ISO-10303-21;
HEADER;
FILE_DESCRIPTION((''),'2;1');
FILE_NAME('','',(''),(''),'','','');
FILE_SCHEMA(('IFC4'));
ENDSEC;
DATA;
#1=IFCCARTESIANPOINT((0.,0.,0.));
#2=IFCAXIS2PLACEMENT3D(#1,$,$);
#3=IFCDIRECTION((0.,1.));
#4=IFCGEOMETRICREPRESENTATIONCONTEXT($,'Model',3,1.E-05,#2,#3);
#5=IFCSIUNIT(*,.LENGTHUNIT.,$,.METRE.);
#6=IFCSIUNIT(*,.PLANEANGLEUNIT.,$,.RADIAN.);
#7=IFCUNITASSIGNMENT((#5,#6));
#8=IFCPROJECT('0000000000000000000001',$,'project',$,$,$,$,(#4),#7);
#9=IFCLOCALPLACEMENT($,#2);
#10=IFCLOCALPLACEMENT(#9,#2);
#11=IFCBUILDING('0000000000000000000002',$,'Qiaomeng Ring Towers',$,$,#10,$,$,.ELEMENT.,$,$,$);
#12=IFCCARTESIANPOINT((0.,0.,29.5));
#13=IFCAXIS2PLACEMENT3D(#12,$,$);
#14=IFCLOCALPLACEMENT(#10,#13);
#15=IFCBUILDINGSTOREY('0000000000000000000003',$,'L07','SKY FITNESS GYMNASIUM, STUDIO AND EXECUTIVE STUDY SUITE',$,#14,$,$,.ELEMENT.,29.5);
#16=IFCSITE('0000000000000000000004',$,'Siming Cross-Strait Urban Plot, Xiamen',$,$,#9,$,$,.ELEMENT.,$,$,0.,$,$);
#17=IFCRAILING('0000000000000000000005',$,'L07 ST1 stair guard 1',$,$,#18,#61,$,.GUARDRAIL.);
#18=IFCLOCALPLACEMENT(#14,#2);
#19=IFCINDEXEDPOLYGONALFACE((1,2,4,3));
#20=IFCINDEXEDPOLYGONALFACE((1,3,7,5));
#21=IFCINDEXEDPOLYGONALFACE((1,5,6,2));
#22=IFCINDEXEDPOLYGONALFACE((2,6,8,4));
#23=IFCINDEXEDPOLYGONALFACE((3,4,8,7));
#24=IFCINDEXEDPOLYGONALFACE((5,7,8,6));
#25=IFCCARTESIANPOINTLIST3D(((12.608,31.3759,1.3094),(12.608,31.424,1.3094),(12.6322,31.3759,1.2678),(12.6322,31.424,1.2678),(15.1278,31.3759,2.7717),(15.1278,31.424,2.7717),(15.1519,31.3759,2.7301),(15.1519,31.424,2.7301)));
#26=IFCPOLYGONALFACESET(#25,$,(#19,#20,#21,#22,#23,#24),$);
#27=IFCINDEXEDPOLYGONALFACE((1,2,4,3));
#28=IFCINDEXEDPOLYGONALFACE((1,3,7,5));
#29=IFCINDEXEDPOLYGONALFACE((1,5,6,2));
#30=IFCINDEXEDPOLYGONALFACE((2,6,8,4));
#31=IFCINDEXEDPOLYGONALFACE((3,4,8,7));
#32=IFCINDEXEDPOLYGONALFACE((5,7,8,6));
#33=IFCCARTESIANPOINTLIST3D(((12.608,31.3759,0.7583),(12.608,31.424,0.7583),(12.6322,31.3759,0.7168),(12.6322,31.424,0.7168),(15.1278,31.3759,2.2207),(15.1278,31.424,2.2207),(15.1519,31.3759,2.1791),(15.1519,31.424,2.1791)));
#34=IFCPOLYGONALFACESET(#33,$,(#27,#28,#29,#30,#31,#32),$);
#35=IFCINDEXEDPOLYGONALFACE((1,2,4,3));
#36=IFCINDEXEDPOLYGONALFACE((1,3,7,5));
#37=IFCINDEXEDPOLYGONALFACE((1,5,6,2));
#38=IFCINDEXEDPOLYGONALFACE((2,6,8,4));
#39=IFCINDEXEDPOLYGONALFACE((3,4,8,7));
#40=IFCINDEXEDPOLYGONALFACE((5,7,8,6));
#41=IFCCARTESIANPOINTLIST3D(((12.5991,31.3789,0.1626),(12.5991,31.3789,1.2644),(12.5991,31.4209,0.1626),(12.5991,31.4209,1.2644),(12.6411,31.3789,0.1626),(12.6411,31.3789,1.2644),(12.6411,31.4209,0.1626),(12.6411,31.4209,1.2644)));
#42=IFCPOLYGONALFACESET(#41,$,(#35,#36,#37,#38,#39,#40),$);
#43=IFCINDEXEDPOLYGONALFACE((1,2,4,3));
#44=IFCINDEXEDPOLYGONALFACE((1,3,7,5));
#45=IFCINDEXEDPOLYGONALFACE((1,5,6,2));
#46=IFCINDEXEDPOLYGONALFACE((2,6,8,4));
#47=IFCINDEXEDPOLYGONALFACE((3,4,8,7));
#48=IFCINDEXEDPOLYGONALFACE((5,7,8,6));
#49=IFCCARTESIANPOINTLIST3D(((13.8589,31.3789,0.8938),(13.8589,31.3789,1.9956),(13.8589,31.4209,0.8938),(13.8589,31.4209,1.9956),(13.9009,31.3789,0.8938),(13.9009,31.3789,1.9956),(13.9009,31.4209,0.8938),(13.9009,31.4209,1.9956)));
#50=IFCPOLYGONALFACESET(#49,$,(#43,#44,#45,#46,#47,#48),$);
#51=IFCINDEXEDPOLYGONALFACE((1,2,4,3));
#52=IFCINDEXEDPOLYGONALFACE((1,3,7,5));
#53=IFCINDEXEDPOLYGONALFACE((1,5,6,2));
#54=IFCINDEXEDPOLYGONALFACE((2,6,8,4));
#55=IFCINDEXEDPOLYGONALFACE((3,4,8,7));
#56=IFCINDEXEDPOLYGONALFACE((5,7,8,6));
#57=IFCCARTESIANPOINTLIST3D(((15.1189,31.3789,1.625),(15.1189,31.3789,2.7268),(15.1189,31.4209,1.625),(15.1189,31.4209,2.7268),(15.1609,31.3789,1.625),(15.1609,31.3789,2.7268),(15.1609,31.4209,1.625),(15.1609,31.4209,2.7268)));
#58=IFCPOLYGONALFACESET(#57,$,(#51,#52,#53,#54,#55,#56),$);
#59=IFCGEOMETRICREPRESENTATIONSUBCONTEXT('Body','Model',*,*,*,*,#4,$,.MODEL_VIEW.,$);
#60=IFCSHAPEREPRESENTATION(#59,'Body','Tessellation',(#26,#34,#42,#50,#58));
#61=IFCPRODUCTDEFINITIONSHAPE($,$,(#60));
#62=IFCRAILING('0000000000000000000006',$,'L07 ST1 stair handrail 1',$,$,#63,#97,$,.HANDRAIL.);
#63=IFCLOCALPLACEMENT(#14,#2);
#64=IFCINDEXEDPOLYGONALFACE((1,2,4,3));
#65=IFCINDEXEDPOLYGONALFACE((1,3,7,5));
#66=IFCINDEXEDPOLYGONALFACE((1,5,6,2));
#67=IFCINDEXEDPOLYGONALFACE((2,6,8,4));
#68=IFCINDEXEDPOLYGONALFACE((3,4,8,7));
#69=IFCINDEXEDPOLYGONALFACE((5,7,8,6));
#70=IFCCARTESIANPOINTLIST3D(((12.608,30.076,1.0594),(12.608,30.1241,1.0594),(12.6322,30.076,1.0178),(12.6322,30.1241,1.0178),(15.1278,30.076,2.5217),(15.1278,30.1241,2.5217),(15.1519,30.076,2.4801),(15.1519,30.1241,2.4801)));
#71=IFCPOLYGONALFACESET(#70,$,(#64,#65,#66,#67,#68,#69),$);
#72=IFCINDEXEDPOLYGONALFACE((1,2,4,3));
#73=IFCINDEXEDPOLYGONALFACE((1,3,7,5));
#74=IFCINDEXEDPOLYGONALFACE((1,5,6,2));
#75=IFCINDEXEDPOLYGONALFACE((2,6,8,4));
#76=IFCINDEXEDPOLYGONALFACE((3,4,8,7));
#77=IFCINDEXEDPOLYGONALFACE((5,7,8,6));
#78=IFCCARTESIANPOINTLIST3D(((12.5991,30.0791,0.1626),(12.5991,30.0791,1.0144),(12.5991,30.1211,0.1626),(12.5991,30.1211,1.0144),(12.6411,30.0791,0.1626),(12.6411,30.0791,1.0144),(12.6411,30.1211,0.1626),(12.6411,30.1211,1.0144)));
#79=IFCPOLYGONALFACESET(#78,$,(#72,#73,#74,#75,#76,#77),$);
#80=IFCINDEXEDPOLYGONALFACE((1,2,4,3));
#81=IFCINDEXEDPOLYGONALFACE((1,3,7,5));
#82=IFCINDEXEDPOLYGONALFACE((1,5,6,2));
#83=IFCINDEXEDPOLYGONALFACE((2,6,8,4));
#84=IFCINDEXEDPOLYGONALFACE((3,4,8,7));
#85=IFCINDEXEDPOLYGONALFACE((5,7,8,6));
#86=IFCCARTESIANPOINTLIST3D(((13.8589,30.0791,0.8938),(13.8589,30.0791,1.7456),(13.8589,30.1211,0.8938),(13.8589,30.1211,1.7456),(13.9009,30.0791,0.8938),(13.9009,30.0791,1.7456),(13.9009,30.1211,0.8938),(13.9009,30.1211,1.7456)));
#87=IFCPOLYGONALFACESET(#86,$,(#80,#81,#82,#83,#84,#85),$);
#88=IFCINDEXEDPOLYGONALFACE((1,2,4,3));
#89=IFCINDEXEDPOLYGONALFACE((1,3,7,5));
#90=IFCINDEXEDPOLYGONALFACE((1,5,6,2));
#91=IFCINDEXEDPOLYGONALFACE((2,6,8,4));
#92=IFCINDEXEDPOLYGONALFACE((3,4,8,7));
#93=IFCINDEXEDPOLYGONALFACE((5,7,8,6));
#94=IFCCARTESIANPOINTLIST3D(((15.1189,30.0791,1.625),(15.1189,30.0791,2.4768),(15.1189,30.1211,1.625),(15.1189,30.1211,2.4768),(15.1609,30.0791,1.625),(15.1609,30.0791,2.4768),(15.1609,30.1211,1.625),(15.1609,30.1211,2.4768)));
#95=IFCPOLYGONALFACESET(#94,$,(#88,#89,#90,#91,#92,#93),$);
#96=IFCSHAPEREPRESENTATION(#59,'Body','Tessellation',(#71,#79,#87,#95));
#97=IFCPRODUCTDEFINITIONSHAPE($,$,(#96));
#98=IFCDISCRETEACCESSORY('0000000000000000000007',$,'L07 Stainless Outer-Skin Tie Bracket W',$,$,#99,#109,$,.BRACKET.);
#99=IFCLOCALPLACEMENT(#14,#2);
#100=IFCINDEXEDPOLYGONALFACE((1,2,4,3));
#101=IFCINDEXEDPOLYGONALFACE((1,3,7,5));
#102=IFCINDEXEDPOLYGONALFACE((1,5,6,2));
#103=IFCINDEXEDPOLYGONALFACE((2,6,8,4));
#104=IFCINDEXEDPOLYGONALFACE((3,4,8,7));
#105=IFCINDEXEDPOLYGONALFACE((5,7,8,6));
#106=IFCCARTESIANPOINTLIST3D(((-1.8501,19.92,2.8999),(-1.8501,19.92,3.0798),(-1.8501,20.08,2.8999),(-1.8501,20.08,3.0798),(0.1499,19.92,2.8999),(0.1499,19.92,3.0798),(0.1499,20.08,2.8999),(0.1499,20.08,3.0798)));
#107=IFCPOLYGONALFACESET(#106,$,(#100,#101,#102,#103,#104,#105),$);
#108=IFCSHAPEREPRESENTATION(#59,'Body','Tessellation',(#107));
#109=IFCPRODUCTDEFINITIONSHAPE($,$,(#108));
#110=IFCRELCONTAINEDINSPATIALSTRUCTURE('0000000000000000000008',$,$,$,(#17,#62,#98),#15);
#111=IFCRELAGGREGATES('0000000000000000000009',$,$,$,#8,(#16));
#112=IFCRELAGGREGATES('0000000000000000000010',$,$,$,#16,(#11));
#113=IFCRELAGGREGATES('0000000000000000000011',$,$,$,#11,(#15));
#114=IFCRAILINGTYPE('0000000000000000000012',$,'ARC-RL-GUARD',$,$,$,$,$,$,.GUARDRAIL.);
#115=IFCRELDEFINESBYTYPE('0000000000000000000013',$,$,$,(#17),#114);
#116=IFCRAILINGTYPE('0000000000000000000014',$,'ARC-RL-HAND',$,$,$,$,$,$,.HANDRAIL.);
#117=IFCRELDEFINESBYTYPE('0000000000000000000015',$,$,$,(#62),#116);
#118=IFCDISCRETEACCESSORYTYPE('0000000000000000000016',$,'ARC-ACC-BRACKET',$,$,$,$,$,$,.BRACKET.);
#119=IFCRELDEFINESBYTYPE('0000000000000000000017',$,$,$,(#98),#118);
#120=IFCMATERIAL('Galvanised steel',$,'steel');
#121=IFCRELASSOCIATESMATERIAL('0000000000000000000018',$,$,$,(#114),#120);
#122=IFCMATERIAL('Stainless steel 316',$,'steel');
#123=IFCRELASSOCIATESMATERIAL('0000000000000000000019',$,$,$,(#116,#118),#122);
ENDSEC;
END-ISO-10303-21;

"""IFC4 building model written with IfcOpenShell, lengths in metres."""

from ifc_helpers import new_model, si_unit, direction, frame, origin, origin_2d, place, context, subcontext, project, spatial, rectangle, extrude, source, transform, mapped, material, type_object, element, save


model = new_model("IFC4")

# Units and contexts
model_context = context("Model", 3, precision=1e-05, world=origin(), true_north=direction((0.0, 1.0)))
body_context = subcontext(model_context, "Body", "Model", "MODEL_VIEW")
ifc_project = project(units=[si_unit("LENGTHUNIT", "METRE"), si_unit("PLANEANGLEUNIT", "RADIAN")], contexts=[model_context])

# Site, building, storey
site_placement = place(None, origin())
site = spatial("IfcSite", under=ifc_project, at=site_placement, Name="Siming Cross-Strait Urban Plot, Xiamen", CompositionType="ELEMENT", RefElevation=0.0)
building_placement = place(site_placement, origin())
building = spatial("IfcBuilding", under=site, at=building_placement, Name="Qiaomeng Ring Towers", CompositionType="ELEMENT")
storey_placement = place(building_placement, frame((0.0, 0.0, 29.5)))
storey = spatial("IfcBuildingStorey", under=building, at=storey_placement, Name="L07", Description="SKY FITNESS GYMNASIUM, STUDIO AND EXECUTIVE STUDY SUITE", CompositionType="ELEMENT", Elevation=29.5)

# Shared definitions
ifc_material_1 = material(Name="Stainless steel 316", Category="steel")

# Railings
ifc_material_2 = material(Name="Galvanised steel", Category="steel")
railing_type_1 = type_object("IfcRailingType", Name="ARC-RL-GUARD", PredefinedType="GUARDRAIL", material=ifc_material_2)
railing_1_placement = place(storey_placement, frame((12.6201, 31.3999, 0.1626)))
element("IfcRailing", 1, at=railing_1_placement, inside=storey, type_object=railing_type_1, Name="L07 ST1 stair guard 1", PredefinedType="GUARDRAIL", context=body_context, shape_type="SweptSolid", body=[
    extrude(rectangle(XDim=0.0481, YDim=0.0481, at=origin_2d()), frame((0.0, 0.0, 1.126), z_axis=(0.864892, 0.0, 0.501958), x_axis=(0.0, 1.0, 0.0)), (0.0, 0.0, 1.0), 2.9133),
    extrude(rectangle(XDim=0.0481, YDim=0.0481, at=origin_2d()), frame((0.0, 0.0, 0.575), z_axis=(0.864892, 0.0, 0.501958), x_axis=(0.0, 1.0, 0.0)), (0.0, 0.0, 1.0), 2.9133),
    extrude(rectangle(XDim=0.042, YDim=0.042, at=origin_2d()), origin(), (0.0, 0.0, 1.0), 1.1018),
    extrude(rectangle(XDim=0.042, YDim=0.042, at=origin_2d()), frame((1.2598, 0.0, 0.7312)), (0.0, 0.0, 1.0), 1.1018),
    extrude(rectangle(XDim=0.042, YDim=0.042, at=origin_2d()), frame((2.5198, 0.0, 1.4624)), (0.0, 0.0, 1.0), 1.1018),
])
railing_type_2 = type_object("IfcRailingType", Name="ARC-RL-HAND", PredefinedType="HANDRAIL", material=ifc_material_1)
railing_2_placement = place(storey_placement, frame((12.6201, 30.1001, 0.1626)))
element("IfcRailing", 2, at=railing_2_placement, inside=storey, type_object=railing_type_2, Name="L07 ST1 stair handrail 1", PredefinedType="HANDRAIL", context=body_context, shape_type="SweptSolid", body=[
    extrude(rectangle(XDim=0.0481, YDim=0.0481, at=origin_2d()), frame((0.0, 0.0, 0.876), z_axis=(0.864892, 0.0, 0.501958), x_axis=(0.0, 1.0, 0.0)), (0.0, 0.0, 1.0), 2.9133),
    extrude(rectangle(XDim=0.042, YDim=0.042, at=origin_2d()), origin(), (0.0, 0.0, 1.0), 0.8518),
    extrude(rectangle(XDim=0.042, YDim=0.042, at=origin_2d()), frame((1.2598, 0.0, 0.7312)), (0.0, 0.0, 1.0), 0.8518),
    extrude(rectangle(XDim=0.042, YDim=0.042, at=origin_2d()), frame((2.5198, 0.0, 1.4624)), (0.0, 0.0, 1.0), 0.8518),
])

# Discrete accessory
discrete_accessory_type = type_object("IfcDiscreteAccessoryType", Name="ARC-ACC-BRACKET", PredefinedType="BRACKET", material=ifc_material_1)
shared_shape_1 = source(origin(), body_context, "Body", "SweptSolid", [
    extrude(rectangle(XDim=2.0, YDim=0.1599, at=origin_2d()), origin(), (0.0, 0.0, 1.0), 0.1799),
])
discrete_accessory_placement = place(storey_placement, frame((-0.8501, 20.0, 2.8999), z_axis=(0.0, 0.0, 1.0), x_axis=(1.0, 0.0, 0.0)))
element("IfcDiscreteAccessory", 3, at=discrete_accessory_placement, inside=storey, type_object=discrete_accessory_type, Name="L07 Stainless Outer-Skin Tie Bracket W", PredefinedType="BRACKET", context=body_context, shape_type="MappedRepresentation", body=[
    mapped(shared_shape_1, transform((0.0, 0.0, 0.0), x_axis=(1.0, 0.0, 0.0), y_axis=(0.0, 1.0, 0.0), z_axis=(0.0, 0.0, 1.0), scale=1.0)),
])

save(model, "model.ifc")
